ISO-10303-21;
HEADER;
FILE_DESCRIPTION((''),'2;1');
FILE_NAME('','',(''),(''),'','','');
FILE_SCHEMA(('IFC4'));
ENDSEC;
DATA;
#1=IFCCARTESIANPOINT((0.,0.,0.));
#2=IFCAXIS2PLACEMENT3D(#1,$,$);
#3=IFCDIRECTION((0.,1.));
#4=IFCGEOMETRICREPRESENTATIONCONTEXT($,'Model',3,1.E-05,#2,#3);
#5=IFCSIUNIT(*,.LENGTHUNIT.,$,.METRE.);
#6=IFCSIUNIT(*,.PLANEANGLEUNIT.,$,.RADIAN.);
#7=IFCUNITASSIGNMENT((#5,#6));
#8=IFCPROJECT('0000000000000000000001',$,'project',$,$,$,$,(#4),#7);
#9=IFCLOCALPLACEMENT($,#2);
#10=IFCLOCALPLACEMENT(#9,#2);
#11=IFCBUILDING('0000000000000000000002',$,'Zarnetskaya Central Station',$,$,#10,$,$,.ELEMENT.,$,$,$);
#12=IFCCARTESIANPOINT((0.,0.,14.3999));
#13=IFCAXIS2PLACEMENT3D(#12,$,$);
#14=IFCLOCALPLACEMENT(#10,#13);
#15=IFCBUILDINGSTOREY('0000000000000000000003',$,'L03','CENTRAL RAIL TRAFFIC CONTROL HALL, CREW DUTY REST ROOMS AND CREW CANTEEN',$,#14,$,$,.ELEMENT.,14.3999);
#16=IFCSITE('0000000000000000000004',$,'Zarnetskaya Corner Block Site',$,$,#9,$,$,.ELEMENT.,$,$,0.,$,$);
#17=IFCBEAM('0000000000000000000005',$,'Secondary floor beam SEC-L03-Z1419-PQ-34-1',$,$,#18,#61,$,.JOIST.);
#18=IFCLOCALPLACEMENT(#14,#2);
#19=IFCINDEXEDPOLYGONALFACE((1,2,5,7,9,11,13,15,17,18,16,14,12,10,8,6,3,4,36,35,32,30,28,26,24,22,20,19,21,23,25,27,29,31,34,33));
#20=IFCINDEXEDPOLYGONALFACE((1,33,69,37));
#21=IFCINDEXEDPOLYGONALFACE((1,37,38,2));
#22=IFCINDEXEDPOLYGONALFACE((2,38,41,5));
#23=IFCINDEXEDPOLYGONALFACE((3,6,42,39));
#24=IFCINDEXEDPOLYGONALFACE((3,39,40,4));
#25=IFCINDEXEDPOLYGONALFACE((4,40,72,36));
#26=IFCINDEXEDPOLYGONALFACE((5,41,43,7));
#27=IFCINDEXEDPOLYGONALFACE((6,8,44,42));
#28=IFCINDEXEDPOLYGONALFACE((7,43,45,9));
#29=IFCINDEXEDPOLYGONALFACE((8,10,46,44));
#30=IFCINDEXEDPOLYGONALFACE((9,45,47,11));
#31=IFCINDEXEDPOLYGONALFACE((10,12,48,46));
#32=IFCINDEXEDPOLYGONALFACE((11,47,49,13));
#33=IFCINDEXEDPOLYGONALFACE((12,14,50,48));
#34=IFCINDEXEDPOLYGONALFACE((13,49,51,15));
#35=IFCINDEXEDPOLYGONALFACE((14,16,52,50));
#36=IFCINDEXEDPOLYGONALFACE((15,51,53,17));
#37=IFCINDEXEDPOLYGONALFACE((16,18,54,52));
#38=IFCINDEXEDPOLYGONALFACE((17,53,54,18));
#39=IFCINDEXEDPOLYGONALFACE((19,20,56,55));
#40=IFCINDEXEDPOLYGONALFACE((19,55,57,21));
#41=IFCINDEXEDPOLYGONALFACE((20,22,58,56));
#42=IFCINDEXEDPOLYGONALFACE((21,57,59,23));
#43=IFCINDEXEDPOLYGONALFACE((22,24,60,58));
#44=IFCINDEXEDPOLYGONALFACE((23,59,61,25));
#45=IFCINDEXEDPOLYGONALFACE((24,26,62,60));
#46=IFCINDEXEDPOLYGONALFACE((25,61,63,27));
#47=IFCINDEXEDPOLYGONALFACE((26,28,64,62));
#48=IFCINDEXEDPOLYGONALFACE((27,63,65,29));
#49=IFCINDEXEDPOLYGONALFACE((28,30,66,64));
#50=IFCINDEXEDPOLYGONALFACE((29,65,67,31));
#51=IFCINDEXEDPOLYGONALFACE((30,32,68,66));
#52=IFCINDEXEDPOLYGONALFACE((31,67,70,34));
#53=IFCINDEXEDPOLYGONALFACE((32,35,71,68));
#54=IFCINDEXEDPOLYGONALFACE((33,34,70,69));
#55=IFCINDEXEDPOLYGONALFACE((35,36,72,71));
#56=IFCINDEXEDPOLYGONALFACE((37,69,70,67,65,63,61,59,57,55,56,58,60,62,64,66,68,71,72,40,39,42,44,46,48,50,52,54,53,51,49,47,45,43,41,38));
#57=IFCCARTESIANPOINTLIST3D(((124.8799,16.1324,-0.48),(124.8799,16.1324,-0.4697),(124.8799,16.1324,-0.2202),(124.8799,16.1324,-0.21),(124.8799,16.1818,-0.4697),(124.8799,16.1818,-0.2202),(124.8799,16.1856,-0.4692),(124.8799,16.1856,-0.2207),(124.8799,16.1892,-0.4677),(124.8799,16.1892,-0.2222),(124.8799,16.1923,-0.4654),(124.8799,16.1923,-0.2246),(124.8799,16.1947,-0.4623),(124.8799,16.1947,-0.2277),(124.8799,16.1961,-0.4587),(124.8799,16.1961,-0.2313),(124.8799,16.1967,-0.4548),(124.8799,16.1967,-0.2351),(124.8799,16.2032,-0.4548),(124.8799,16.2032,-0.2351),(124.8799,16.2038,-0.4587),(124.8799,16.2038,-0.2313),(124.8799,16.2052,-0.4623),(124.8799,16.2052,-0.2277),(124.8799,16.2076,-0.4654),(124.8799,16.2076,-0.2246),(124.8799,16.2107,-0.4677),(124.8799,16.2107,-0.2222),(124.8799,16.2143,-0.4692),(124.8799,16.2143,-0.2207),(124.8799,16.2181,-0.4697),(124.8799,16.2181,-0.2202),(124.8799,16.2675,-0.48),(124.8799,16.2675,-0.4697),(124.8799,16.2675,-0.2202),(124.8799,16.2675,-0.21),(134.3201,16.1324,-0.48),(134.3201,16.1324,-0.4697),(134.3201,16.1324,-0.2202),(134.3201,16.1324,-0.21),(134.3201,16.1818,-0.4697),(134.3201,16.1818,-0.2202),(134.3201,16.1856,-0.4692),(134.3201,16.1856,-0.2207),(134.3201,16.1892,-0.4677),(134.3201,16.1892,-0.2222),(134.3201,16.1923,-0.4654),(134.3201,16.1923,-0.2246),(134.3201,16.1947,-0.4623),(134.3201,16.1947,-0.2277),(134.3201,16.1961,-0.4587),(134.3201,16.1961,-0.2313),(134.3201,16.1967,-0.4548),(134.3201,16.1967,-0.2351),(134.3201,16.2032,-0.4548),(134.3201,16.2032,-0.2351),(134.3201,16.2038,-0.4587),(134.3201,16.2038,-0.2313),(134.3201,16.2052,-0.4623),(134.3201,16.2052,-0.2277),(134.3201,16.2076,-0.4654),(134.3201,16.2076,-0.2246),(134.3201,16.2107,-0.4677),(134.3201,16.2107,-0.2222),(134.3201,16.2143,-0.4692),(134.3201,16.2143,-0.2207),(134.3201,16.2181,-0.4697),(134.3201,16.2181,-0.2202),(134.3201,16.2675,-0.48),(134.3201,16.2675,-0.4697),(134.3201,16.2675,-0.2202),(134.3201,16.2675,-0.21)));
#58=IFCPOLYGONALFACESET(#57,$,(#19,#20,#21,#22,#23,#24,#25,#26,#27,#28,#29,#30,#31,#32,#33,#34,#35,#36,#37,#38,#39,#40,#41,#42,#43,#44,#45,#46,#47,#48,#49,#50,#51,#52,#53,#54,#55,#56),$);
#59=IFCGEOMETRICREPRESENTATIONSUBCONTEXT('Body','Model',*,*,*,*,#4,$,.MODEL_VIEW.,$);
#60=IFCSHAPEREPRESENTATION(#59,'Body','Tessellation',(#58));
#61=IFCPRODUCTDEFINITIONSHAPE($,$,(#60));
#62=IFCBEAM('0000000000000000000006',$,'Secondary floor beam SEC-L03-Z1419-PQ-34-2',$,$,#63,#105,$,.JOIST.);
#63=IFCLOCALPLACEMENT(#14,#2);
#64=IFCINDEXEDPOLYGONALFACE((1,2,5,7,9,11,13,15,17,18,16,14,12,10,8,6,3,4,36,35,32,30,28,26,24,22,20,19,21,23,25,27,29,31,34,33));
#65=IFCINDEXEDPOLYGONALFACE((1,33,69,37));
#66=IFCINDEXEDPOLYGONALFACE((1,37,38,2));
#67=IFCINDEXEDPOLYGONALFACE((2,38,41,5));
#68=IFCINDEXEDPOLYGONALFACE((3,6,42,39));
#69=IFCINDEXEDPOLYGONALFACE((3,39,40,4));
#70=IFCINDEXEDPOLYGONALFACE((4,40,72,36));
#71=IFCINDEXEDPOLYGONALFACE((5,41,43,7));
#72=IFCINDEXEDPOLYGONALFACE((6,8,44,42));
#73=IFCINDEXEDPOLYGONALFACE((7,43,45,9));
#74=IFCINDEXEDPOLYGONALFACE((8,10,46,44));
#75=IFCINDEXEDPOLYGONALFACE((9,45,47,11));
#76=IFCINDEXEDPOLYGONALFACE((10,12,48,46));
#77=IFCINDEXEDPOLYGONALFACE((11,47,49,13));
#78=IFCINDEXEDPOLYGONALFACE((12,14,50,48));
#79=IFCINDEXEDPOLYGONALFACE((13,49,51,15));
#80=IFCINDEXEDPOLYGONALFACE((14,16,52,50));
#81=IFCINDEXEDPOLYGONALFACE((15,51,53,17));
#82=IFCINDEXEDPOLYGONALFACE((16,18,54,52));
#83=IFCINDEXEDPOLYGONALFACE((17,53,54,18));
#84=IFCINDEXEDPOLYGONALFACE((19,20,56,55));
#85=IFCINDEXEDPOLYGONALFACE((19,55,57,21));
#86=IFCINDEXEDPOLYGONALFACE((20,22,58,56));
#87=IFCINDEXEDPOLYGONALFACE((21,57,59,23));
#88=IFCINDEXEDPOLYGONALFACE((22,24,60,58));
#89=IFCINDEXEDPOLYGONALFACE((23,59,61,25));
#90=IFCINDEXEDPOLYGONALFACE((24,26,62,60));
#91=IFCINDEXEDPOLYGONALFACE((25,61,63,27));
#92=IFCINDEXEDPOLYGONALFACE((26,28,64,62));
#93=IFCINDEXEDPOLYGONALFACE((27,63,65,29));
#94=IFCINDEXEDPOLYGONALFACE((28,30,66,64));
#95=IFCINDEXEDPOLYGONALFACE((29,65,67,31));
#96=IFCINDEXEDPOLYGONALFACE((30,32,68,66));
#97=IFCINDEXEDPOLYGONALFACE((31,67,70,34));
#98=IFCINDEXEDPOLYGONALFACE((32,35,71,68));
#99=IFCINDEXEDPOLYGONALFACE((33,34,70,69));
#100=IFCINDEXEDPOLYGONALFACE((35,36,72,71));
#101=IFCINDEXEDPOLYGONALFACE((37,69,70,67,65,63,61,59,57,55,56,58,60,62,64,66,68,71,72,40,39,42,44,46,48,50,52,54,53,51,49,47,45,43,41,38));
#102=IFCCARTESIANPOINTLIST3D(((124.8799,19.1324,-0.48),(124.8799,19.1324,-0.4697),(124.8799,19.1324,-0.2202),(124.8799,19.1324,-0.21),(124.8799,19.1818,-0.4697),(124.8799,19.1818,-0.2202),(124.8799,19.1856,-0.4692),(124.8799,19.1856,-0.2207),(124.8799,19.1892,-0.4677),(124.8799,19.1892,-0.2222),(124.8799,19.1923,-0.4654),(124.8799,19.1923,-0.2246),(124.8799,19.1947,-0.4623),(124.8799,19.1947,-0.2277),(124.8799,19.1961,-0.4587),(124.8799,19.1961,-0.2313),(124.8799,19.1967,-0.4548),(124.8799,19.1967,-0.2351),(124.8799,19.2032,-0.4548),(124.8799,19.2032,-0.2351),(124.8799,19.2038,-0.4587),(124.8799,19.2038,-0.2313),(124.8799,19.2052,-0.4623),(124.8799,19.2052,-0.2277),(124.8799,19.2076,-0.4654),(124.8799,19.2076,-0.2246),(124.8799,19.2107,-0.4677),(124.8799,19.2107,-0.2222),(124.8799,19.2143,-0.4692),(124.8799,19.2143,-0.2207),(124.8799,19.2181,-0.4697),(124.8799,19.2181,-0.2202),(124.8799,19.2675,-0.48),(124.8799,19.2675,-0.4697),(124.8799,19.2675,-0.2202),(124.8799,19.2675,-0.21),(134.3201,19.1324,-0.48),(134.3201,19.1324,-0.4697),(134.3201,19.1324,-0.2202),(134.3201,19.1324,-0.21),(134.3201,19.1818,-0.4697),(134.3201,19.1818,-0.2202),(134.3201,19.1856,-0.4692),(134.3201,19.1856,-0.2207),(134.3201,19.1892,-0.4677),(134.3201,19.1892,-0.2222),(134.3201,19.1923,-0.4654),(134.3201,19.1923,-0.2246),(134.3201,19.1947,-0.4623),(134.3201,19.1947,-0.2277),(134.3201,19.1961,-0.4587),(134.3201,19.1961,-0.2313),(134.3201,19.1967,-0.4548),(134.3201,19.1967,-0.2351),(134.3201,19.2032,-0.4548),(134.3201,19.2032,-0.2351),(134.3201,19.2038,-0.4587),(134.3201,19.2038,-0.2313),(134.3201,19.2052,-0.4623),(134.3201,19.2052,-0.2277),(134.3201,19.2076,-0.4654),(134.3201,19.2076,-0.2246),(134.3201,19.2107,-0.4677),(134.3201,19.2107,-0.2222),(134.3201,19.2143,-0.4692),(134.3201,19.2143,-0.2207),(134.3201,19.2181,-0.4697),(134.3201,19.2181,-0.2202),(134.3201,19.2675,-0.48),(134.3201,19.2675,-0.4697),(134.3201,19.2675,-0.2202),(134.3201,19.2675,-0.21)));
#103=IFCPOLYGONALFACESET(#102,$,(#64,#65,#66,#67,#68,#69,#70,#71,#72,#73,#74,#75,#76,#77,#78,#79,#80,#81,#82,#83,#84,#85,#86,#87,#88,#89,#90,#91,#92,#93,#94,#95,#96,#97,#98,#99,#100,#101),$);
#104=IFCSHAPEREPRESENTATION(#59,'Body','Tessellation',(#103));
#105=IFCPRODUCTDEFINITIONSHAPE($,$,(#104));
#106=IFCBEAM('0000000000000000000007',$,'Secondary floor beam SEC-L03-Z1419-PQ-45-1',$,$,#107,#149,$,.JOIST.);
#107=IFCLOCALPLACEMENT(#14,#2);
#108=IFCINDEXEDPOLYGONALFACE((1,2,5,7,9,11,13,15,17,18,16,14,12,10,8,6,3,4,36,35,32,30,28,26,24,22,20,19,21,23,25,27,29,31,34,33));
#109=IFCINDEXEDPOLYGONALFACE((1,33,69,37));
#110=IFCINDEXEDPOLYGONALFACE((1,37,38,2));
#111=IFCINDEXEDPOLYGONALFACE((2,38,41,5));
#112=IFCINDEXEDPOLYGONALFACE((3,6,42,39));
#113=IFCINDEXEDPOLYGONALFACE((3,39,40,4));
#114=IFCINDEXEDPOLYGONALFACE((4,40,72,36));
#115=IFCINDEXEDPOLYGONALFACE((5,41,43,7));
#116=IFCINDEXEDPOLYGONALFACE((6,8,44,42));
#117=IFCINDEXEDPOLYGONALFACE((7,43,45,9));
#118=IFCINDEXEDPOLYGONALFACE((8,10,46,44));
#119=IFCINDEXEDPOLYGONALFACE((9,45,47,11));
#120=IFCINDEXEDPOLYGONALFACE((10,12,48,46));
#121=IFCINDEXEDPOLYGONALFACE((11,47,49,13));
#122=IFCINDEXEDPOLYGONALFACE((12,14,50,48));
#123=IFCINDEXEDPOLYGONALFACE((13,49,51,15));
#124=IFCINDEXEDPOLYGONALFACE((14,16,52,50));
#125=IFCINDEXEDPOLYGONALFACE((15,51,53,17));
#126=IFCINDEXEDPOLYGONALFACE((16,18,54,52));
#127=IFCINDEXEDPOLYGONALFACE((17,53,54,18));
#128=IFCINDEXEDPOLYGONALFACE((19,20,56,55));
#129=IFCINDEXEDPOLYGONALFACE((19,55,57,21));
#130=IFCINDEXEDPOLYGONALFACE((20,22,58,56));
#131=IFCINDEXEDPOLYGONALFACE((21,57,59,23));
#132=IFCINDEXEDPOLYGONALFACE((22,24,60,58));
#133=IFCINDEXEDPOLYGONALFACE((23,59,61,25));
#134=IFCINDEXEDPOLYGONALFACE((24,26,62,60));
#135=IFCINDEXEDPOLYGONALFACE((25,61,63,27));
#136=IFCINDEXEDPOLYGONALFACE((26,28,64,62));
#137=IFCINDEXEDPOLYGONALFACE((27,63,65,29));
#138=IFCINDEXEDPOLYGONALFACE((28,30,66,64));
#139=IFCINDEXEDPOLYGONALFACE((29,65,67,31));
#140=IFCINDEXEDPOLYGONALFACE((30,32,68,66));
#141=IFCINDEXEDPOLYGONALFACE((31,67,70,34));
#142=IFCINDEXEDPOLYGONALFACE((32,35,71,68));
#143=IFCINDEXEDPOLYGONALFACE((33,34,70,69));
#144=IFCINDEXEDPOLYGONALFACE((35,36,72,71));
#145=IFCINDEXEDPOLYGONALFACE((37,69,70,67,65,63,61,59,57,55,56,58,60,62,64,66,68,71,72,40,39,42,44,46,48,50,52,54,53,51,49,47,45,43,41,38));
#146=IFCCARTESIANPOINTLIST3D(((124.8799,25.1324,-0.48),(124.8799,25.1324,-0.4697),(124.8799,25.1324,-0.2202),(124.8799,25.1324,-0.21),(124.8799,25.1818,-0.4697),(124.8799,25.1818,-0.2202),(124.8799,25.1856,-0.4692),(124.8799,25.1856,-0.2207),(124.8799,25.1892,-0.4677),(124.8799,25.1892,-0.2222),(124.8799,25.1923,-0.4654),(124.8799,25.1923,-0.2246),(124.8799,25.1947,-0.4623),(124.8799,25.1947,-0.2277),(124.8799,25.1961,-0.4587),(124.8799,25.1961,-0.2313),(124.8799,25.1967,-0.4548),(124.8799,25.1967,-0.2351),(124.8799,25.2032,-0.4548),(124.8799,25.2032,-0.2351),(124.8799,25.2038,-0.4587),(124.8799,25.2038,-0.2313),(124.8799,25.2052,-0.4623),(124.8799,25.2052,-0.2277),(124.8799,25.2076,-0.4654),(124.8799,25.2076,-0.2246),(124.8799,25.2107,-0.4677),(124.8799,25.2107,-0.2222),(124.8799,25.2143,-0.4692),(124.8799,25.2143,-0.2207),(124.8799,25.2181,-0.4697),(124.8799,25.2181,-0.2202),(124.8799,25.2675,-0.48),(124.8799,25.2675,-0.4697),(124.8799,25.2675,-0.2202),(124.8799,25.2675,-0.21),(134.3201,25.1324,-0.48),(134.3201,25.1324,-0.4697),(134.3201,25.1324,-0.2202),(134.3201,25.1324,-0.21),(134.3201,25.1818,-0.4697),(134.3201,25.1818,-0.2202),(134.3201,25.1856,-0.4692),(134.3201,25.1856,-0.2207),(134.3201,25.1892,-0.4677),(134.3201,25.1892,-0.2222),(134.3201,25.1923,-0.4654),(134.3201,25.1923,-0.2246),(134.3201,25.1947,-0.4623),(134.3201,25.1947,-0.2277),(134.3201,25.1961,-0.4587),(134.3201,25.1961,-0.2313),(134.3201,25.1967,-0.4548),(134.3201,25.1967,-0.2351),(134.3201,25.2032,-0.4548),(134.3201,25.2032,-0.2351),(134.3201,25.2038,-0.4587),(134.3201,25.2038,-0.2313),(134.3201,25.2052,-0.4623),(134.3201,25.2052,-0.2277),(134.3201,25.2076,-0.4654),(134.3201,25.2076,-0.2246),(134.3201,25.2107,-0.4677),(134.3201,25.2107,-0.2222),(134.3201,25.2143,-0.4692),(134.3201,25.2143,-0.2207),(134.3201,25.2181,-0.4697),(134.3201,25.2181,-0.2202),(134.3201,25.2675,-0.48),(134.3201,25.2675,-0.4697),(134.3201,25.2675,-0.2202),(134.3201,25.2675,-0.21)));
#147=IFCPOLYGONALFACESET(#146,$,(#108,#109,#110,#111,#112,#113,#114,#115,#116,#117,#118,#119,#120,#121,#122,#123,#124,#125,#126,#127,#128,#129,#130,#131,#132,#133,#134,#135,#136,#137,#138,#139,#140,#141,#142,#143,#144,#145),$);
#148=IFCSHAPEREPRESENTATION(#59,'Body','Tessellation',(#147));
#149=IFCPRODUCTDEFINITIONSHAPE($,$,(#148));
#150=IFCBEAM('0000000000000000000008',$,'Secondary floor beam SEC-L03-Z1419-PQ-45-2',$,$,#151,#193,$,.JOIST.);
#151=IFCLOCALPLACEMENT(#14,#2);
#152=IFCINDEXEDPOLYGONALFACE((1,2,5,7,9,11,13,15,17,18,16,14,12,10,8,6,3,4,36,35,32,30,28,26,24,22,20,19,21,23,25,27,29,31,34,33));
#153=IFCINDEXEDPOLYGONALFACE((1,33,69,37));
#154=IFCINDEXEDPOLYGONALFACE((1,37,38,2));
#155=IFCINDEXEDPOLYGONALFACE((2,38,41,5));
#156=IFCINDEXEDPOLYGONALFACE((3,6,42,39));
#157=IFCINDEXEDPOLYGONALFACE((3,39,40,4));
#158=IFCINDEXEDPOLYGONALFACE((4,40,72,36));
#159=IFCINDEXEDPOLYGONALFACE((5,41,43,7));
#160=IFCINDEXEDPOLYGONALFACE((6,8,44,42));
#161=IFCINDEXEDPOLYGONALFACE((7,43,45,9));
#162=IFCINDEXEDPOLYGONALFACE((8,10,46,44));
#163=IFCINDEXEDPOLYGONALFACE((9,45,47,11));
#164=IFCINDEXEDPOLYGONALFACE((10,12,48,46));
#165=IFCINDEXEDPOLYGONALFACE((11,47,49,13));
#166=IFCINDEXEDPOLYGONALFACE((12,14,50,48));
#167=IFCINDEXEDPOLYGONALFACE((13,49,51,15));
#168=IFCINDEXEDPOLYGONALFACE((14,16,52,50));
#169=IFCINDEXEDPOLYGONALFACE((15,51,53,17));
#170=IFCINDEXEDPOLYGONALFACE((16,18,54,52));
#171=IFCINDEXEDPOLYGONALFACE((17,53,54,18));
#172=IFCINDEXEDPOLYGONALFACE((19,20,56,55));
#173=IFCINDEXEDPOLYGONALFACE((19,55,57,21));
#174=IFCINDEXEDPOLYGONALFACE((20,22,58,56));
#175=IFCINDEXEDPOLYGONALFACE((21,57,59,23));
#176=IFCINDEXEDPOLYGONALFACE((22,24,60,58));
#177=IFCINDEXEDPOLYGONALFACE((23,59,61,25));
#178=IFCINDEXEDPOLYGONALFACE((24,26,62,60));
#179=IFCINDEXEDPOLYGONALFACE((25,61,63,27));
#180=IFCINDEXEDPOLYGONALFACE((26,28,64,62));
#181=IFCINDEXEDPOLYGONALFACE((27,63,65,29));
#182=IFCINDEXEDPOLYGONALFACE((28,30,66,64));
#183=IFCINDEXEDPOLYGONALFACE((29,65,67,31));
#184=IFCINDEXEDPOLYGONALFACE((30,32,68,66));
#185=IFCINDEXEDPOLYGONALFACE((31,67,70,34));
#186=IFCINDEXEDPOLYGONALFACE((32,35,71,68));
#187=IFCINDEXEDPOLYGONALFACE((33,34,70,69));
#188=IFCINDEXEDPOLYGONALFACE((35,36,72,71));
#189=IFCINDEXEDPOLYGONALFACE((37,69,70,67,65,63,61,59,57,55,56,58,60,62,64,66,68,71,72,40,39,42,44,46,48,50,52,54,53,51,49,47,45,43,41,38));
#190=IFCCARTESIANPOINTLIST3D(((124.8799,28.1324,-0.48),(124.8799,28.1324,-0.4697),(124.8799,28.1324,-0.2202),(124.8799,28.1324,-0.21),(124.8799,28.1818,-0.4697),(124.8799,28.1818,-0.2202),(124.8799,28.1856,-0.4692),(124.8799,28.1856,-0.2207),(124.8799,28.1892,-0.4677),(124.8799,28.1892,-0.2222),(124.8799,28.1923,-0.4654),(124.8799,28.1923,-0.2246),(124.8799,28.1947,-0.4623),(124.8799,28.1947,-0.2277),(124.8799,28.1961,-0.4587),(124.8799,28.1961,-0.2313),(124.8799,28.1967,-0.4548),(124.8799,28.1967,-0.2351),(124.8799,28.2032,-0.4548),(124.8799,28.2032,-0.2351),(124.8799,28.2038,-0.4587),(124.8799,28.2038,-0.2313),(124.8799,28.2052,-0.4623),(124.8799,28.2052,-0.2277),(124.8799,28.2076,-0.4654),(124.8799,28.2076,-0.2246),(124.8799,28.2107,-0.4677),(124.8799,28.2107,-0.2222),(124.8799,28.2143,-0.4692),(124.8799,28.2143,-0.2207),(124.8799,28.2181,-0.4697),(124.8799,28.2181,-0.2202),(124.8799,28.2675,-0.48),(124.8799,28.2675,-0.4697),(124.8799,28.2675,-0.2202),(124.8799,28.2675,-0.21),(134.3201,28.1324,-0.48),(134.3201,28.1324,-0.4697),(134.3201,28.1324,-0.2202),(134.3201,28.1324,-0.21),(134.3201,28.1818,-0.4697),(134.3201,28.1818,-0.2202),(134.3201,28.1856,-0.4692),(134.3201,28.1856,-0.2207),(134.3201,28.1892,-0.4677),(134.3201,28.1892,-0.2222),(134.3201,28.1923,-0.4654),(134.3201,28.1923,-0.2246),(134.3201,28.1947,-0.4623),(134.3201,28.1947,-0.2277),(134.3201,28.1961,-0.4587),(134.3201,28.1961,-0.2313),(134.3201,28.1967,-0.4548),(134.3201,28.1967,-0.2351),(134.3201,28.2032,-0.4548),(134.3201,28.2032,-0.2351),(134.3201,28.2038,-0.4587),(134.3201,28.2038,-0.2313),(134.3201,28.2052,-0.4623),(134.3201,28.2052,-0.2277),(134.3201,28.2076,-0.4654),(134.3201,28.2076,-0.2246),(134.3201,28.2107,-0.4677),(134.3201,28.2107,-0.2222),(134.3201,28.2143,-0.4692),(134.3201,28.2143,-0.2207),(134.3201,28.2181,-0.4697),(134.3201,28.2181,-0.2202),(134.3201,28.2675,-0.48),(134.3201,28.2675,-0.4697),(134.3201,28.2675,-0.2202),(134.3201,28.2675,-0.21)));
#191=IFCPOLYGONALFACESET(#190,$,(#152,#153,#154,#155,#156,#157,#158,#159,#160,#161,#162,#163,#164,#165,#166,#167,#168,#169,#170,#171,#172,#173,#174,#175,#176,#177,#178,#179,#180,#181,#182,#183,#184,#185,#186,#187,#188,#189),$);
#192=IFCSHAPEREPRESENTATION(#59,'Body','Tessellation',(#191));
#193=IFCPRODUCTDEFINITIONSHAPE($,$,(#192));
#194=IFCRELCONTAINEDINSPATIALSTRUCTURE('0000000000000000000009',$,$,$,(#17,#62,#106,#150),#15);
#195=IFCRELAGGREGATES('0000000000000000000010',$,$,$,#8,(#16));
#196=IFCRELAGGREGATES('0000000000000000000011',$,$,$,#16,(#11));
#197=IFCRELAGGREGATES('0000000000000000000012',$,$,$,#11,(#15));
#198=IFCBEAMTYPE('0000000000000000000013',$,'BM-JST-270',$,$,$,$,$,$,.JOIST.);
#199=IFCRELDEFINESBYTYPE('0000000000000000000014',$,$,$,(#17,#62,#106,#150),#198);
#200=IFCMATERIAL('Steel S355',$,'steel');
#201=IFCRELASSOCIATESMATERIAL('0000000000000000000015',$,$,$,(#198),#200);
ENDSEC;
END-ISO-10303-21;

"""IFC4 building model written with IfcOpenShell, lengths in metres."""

from ifc_helpers import new_model, si_unit, direction, frame, origin, origin_2d, place, context, subcontext, project, spatial, i_section, extrude, material, material_profile, profile_set, type_object, element, save


model = new_model("IFC4")

# Units and contexts
model_context = context("Model", 3, precision=1e-05, world=origin(), true_north=direction((0.0, 1.0)))
body_context = subcontext(model_context, "Body", "Model", "MODEL_VIEW")
ifc_project = project(units=[si_unit("LENGTHUNIT", "METRE"), si_unit("PLANEANGLEUNIT", "RADIAN")], contexts=[model_context])

# Site, building, storey
site_placement = place(None, origin())
site = spatial("IfcSite", under=ifc_project, at=site_placement, Name="Zarnetskaya Corner Block Site", CompositionType="ELEMENT", RefElevation=0.0)
building_placement = place(site_placement, origin())
building = spatial("IfcBuilding", under=site, at=building_placement, Name="Zarnetskaya Central Station", CompositionType="ELEMENT")
storey_placement = place(building_placement, frame((0.0, 0.0, 14.3999)))
storey = spatial("IfcBuildingStorey", under=building, at=storey_placement, Name="L03", Description="CENTRAL RAIL TRAFFIC CONTROL HALL, CREW DUTY REST ROOMS AND CREW CANTEEN", CompositionType="ELEMENT", Elevation=14.3999)

# Beams
ifc_material_1 = material(Name="Steel S355", Category="steel")
ifc_material_profile_1 = material_profile(ifc_material_1, i_section(OverallWidth=0.135, OverallDepth=0.27, WebThickness=0.0066, FlangeThickness=0.0103, FilletRadius=0.0149, at=origin_2d()), Name="IPE 270")
ifc_profile_set_1 = profile_set([ifc_material_profile_1], Name="Steel S355")
beam_type_1 = type_object("IfcBeamType", Name="BM-JST-270", PredefinedType="JOIST", material=ifc_profile_set_1)
for number, where, z_axis, x_axis, name in (
    (1, (124.8799, 16.2, -0.345), (1.0, 0.0, 0.0), (0.0, 1.0, 0.0), "Secondary floor beam SEC-L03-Z1419-PQ-34-1"),
    (2, (124.8799, 19.2, -0.345), (1.0, 0.0, 0.0), (0.0, 1.0, 0.0), "Secondary floor beam SEC-L03-Z1419-PQ-34-2"),
    (3, (124.8799, 25.2, -0.345), (1.0, 0.0, 0.0), (0.0, 1.0, 0.0), "Secondary floor beam SEC-L03-Z1419-PQ-45-1"),
    (4, (124.8799, 28.2, -0.345), (1.0, 0.0, 0.0), (0.0, 1.0, 0.0), "Secondary floor beam SEC-L03-Z1419-PQ-45-2"),
):
    element("IfcBeam", number, at=place(storey_placement, frame(where, z_axis=z_axis, x_axis=x_axis)), inside=storey, type_object=beam_type_1, Name=name, PredefinedType="JOIST", context=body_context, shape_type="SweptSolid", body=[
        extrude(i_section(OverallWidth=0.135, OverallDepth=0.27, WebThickness=0.0066, FlangeThickness=0.0103, FilletRadius=0.0149, at=origin_2d()), origin(), (0.0, 0.0, 1.0), 9.4402),
    ])

save(model, "model.ifc")
